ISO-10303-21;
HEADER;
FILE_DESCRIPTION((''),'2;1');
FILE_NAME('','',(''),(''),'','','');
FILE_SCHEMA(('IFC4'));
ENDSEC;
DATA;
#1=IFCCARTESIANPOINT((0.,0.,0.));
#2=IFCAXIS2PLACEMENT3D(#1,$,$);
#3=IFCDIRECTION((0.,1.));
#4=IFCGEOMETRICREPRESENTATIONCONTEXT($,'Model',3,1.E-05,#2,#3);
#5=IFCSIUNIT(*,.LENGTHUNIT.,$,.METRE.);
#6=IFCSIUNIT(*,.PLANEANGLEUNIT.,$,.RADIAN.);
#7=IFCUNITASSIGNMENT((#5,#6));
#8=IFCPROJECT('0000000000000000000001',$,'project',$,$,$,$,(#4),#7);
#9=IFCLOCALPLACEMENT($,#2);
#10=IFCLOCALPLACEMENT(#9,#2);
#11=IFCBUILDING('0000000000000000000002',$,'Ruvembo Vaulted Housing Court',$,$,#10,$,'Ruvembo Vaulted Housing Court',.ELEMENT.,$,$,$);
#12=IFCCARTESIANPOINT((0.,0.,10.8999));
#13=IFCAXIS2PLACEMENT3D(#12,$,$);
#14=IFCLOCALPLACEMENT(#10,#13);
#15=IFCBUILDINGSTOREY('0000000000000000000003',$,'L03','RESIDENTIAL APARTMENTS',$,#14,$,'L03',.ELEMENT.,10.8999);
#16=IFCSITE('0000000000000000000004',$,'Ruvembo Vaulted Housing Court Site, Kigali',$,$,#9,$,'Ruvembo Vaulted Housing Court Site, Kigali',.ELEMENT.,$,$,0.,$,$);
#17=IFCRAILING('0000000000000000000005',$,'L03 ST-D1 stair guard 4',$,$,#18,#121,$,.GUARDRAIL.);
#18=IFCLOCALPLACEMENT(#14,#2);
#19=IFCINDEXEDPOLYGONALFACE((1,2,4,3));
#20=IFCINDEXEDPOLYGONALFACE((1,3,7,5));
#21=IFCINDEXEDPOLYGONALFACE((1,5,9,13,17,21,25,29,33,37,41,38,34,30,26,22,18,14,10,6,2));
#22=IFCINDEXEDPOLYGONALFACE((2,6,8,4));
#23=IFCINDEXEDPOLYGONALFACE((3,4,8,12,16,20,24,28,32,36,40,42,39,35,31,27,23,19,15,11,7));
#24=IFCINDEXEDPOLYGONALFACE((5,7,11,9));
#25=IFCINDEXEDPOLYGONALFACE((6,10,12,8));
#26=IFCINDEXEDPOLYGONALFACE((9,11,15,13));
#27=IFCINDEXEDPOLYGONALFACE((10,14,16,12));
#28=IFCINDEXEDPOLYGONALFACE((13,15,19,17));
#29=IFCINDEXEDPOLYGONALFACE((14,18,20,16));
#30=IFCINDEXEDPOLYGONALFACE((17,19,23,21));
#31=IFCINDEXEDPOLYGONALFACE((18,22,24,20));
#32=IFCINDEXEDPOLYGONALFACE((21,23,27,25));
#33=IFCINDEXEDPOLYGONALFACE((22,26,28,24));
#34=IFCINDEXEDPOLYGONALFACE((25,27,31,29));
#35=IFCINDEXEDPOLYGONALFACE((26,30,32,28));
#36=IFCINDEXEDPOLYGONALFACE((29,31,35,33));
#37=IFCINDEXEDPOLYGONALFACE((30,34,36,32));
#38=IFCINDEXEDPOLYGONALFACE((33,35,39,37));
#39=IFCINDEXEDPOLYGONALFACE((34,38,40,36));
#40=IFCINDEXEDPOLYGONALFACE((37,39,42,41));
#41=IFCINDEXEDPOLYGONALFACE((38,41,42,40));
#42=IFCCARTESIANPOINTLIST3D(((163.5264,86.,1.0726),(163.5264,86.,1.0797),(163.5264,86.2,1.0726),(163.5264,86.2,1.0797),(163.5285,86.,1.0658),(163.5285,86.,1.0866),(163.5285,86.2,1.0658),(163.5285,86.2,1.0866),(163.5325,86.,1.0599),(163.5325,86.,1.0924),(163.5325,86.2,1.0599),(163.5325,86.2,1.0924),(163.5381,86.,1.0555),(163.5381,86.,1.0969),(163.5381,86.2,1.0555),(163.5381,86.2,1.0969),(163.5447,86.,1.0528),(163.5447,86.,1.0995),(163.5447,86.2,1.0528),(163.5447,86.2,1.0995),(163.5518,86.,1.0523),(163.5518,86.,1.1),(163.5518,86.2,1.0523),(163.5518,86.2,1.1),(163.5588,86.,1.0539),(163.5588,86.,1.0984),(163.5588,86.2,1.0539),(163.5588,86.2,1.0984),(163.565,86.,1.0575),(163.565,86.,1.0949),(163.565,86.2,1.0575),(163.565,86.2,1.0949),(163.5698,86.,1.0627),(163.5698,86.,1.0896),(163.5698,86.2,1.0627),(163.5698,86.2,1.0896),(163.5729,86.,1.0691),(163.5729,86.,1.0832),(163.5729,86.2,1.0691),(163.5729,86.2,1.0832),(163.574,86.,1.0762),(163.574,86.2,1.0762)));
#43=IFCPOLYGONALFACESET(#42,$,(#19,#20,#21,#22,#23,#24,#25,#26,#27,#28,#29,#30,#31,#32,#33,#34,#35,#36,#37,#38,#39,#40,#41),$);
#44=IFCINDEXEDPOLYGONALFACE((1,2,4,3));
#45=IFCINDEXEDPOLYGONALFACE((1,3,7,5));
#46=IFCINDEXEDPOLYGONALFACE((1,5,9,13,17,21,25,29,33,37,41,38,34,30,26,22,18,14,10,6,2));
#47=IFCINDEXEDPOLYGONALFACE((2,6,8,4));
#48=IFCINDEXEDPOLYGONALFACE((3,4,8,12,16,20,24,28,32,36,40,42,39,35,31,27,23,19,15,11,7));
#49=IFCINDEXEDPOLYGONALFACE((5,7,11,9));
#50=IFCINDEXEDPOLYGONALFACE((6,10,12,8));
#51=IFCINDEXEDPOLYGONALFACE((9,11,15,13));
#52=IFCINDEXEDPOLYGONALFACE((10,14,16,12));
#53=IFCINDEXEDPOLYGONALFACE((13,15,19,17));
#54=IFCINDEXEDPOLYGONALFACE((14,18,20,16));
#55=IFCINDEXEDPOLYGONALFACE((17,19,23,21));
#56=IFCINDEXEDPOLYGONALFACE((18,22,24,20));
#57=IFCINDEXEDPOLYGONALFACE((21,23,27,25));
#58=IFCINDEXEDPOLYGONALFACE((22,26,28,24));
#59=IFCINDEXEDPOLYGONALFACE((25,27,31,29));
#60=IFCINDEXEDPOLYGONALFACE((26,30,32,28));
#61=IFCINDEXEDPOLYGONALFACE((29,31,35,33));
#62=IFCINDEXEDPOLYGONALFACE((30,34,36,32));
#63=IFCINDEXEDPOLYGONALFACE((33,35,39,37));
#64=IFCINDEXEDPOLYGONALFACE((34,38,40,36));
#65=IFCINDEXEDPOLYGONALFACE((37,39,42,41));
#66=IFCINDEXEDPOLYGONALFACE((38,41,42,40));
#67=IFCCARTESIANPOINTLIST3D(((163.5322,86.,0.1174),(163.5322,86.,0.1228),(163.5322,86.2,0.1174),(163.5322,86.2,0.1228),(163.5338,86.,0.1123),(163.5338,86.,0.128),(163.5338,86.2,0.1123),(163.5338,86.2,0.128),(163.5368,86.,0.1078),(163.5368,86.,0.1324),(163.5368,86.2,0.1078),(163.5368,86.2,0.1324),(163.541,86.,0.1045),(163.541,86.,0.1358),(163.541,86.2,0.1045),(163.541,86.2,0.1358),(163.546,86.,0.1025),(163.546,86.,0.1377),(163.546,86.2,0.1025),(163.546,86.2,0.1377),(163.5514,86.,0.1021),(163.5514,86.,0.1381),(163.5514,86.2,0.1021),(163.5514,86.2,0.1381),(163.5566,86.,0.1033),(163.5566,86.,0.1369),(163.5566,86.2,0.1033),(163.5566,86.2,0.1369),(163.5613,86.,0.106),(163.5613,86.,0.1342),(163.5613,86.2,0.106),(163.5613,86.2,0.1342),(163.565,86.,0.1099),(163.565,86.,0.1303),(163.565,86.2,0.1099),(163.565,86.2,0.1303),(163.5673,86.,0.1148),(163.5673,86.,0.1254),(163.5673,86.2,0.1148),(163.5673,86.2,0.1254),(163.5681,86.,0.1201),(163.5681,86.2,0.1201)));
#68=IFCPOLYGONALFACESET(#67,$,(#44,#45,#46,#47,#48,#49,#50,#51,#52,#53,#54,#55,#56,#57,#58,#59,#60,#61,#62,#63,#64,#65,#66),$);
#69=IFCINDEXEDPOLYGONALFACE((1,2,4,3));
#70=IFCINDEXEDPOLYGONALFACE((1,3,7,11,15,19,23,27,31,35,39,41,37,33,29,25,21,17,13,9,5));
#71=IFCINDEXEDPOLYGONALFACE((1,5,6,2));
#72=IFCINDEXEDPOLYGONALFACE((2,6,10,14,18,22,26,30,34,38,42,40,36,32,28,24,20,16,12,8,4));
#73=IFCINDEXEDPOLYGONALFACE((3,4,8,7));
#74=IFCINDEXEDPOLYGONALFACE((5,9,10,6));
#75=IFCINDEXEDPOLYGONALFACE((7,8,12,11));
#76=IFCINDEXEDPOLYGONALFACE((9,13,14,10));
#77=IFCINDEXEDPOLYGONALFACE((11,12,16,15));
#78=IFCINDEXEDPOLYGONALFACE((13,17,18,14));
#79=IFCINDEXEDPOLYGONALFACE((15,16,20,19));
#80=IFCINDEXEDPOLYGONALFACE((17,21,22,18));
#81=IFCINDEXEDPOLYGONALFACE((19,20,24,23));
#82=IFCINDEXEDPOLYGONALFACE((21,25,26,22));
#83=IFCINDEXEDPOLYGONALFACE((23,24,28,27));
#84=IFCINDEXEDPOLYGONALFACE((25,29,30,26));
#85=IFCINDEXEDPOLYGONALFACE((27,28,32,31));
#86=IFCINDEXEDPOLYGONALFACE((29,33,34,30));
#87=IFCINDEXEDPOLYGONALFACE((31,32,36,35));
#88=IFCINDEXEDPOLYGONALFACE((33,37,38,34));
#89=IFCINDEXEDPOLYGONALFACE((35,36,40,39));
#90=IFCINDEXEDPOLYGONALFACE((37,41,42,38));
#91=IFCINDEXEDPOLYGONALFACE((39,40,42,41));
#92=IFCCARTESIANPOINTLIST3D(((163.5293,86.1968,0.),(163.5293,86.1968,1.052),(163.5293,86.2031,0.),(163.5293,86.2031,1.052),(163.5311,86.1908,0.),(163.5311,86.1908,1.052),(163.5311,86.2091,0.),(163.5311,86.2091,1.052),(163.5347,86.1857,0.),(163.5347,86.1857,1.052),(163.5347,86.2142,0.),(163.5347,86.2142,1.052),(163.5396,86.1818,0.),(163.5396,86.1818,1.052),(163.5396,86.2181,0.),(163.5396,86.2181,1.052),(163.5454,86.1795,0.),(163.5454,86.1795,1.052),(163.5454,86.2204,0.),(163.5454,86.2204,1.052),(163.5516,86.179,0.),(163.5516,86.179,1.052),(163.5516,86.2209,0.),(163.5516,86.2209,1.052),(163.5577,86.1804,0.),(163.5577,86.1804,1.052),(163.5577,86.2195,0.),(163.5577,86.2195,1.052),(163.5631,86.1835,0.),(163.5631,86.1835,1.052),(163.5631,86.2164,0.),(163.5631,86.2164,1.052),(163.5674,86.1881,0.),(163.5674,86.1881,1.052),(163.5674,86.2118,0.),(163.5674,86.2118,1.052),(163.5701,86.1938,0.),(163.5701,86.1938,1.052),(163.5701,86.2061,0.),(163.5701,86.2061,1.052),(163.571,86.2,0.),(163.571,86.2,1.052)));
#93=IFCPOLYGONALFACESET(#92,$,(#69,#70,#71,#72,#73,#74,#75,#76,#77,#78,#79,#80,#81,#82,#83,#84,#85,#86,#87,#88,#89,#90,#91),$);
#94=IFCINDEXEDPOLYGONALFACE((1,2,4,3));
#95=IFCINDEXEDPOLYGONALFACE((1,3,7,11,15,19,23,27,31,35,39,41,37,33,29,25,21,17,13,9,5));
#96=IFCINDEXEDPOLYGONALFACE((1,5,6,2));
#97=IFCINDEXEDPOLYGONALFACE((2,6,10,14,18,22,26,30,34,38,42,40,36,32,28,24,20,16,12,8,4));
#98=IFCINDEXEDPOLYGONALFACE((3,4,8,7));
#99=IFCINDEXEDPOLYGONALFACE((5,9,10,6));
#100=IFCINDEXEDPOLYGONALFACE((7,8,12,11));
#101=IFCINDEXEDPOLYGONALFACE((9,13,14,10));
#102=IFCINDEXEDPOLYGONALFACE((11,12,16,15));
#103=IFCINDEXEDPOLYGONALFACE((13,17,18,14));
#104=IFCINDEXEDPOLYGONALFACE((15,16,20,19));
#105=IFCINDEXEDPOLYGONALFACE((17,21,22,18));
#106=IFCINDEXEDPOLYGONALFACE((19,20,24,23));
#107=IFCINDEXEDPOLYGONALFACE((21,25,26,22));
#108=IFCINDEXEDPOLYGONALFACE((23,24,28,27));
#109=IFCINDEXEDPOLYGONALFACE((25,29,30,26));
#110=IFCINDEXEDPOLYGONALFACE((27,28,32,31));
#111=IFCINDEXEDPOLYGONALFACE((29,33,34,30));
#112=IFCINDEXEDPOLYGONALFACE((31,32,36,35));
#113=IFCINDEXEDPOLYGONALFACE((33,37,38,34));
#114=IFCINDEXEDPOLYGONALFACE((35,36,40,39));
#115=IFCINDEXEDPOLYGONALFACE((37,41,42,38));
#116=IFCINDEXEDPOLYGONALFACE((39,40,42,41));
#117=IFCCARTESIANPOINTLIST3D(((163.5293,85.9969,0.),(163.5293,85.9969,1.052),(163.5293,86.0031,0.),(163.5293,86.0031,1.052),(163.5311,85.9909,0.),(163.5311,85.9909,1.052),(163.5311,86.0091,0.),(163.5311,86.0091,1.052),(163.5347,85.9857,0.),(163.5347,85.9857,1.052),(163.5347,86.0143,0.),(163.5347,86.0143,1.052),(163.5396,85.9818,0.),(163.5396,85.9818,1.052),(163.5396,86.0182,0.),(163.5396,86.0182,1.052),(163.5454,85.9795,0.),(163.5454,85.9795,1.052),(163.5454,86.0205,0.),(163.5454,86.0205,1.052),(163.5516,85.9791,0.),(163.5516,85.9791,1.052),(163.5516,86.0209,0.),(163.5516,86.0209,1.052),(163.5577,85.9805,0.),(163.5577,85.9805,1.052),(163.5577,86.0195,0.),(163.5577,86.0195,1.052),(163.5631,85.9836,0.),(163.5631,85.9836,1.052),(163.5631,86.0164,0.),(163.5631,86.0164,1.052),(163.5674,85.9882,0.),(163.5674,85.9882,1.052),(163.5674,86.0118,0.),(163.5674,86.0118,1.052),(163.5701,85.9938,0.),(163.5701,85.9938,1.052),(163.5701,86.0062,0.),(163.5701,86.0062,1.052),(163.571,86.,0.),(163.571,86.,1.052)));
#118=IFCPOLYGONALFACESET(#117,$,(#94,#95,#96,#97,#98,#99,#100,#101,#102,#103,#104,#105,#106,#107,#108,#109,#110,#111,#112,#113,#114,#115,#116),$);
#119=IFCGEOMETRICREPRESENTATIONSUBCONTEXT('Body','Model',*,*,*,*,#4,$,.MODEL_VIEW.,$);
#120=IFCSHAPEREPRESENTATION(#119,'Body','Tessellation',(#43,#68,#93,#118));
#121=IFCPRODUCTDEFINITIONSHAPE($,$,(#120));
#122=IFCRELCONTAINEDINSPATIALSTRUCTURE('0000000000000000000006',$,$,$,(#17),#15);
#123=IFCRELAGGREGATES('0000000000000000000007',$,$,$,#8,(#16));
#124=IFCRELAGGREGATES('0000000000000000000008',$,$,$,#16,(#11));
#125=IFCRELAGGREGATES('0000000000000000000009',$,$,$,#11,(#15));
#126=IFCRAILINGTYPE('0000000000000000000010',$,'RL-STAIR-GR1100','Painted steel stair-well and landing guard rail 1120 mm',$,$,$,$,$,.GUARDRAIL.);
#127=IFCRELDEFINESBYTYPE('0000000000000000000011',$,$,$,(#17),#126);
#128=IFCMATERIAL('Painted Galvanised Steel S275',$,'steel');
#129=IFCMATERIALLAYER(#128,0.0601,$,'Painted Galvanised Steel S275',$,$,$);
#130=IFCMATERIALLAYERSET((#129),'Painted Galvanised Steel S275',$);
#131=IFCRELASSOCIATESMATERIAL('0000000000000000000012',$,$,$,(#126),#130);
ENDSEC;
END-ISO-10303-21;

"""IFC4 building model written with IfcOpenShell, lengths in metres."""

from ifc_helpers import new_model, si_unit, direction, frame, origin, origin_2d, place, context, subcontext, project, spatial, circle, extrude, material, layer, layer_set, type_object, element, save


model = new_model("IFC4")

# Units and contexts
model_context = context("Model", 3, precision=1e-05, world=origin(), true_north=direction((0.0, 1.0)))
body_context = subcontext(model_context, "Body", "Model", "MODEL_VIEW")
ifc_project = project(units=[si_unit("LENGTHUNIT", "METRE"), si_unit("PLANEANGLEUNIT", "RADIAN")], contexts=[model_context])

# Site, building, storey
site_placement = place(None, origin())
site = spatial("IfcSite", under=ifc_project, at=site_placement, Name="Ruvembo Vaulted Housing Court Site, Kigali", LongName="Ruvembo Vaulted Housing Court Site, Kigali", CompositionType="ELEMENT", RefElevation=0.0)
building_placement = place(site_placement, origin())
building = spatial("IfcBuilding", under=site, at=building_placement, Name="Ruvembo Vaulted Housing Court", LongName="Ruvembo Vaulted Housing Court", CompositionType="ELEMENT")
storey_placement = place(building_placement, frame((0.0, 0.0, 10.8999)))
storey = spatial("IfcBuildingStorey", under=building, at=storey_placement, Name="L03", Description="RESIDENTIAL APARTMENTS", LongName="L03", CompositionType="ELEMENT", Elevation=10.8999)

# Railing
ifc_material_1 = material(Name="Painted Galvanised Steel S275", Category="steel")
ifc_layer_1 = layer(ifc_material_1, 0.0601, Name="Painted Galvanised Steel S275")
ifc_layer_set_1 = layer_set([ifc_layer_1], Name="Painted Galvanised Steel S275")
railing_type_1 = type_object("IfcRailingType", Name="RL-STAIR-GR1100", Description="Painted steel stair-well and landing guard rail 1120 mm", PredefinedType="GUARDRAIL", material=ifc_layer_set_1)
railing_1_placement = place(storey_placement, frame((163.55, 86.2, 0.0)))
element("IfcRailing", 1, at=railing_1_placement, inside=storey, type_object=railing_type_1, Name="L03 ST-D1 stair guard 4", PredefinedType="GUARDRAIL", context=body_context, shape_type="SweptSolid", body=[
    extrude(circle(Radius=0.0239, at=origin_2d()), frame((0.0, 0.0, 1.0762), z_axis=(0.0, -1.0, 0.0), x_axis=(1.0, 0.0, 0.0)), (0.0, 0.0, 1.0), 0.2),
    extrude(circle(Radius=0.0181, at=origin_2d()), frame((0.0, 0.0, 0.1201), z_axis=(0.0, -1.0, 0.0), x_axis=(1.0, 0.0, 0.0)), (0.0, 0.0, 1.0), 0.2),
    extrude(circle(Radius=0.021, at=origin_2d()), origin(), (0.0, 0.0, 1.0), 1.052),
    extrude(circle(Radius=0.021, at=origin_2d()), frame((0.0, -0.2, 0.0)), (0.0, 0.0, 1.0), 1.052),
])

save(model, "model.ifc")
